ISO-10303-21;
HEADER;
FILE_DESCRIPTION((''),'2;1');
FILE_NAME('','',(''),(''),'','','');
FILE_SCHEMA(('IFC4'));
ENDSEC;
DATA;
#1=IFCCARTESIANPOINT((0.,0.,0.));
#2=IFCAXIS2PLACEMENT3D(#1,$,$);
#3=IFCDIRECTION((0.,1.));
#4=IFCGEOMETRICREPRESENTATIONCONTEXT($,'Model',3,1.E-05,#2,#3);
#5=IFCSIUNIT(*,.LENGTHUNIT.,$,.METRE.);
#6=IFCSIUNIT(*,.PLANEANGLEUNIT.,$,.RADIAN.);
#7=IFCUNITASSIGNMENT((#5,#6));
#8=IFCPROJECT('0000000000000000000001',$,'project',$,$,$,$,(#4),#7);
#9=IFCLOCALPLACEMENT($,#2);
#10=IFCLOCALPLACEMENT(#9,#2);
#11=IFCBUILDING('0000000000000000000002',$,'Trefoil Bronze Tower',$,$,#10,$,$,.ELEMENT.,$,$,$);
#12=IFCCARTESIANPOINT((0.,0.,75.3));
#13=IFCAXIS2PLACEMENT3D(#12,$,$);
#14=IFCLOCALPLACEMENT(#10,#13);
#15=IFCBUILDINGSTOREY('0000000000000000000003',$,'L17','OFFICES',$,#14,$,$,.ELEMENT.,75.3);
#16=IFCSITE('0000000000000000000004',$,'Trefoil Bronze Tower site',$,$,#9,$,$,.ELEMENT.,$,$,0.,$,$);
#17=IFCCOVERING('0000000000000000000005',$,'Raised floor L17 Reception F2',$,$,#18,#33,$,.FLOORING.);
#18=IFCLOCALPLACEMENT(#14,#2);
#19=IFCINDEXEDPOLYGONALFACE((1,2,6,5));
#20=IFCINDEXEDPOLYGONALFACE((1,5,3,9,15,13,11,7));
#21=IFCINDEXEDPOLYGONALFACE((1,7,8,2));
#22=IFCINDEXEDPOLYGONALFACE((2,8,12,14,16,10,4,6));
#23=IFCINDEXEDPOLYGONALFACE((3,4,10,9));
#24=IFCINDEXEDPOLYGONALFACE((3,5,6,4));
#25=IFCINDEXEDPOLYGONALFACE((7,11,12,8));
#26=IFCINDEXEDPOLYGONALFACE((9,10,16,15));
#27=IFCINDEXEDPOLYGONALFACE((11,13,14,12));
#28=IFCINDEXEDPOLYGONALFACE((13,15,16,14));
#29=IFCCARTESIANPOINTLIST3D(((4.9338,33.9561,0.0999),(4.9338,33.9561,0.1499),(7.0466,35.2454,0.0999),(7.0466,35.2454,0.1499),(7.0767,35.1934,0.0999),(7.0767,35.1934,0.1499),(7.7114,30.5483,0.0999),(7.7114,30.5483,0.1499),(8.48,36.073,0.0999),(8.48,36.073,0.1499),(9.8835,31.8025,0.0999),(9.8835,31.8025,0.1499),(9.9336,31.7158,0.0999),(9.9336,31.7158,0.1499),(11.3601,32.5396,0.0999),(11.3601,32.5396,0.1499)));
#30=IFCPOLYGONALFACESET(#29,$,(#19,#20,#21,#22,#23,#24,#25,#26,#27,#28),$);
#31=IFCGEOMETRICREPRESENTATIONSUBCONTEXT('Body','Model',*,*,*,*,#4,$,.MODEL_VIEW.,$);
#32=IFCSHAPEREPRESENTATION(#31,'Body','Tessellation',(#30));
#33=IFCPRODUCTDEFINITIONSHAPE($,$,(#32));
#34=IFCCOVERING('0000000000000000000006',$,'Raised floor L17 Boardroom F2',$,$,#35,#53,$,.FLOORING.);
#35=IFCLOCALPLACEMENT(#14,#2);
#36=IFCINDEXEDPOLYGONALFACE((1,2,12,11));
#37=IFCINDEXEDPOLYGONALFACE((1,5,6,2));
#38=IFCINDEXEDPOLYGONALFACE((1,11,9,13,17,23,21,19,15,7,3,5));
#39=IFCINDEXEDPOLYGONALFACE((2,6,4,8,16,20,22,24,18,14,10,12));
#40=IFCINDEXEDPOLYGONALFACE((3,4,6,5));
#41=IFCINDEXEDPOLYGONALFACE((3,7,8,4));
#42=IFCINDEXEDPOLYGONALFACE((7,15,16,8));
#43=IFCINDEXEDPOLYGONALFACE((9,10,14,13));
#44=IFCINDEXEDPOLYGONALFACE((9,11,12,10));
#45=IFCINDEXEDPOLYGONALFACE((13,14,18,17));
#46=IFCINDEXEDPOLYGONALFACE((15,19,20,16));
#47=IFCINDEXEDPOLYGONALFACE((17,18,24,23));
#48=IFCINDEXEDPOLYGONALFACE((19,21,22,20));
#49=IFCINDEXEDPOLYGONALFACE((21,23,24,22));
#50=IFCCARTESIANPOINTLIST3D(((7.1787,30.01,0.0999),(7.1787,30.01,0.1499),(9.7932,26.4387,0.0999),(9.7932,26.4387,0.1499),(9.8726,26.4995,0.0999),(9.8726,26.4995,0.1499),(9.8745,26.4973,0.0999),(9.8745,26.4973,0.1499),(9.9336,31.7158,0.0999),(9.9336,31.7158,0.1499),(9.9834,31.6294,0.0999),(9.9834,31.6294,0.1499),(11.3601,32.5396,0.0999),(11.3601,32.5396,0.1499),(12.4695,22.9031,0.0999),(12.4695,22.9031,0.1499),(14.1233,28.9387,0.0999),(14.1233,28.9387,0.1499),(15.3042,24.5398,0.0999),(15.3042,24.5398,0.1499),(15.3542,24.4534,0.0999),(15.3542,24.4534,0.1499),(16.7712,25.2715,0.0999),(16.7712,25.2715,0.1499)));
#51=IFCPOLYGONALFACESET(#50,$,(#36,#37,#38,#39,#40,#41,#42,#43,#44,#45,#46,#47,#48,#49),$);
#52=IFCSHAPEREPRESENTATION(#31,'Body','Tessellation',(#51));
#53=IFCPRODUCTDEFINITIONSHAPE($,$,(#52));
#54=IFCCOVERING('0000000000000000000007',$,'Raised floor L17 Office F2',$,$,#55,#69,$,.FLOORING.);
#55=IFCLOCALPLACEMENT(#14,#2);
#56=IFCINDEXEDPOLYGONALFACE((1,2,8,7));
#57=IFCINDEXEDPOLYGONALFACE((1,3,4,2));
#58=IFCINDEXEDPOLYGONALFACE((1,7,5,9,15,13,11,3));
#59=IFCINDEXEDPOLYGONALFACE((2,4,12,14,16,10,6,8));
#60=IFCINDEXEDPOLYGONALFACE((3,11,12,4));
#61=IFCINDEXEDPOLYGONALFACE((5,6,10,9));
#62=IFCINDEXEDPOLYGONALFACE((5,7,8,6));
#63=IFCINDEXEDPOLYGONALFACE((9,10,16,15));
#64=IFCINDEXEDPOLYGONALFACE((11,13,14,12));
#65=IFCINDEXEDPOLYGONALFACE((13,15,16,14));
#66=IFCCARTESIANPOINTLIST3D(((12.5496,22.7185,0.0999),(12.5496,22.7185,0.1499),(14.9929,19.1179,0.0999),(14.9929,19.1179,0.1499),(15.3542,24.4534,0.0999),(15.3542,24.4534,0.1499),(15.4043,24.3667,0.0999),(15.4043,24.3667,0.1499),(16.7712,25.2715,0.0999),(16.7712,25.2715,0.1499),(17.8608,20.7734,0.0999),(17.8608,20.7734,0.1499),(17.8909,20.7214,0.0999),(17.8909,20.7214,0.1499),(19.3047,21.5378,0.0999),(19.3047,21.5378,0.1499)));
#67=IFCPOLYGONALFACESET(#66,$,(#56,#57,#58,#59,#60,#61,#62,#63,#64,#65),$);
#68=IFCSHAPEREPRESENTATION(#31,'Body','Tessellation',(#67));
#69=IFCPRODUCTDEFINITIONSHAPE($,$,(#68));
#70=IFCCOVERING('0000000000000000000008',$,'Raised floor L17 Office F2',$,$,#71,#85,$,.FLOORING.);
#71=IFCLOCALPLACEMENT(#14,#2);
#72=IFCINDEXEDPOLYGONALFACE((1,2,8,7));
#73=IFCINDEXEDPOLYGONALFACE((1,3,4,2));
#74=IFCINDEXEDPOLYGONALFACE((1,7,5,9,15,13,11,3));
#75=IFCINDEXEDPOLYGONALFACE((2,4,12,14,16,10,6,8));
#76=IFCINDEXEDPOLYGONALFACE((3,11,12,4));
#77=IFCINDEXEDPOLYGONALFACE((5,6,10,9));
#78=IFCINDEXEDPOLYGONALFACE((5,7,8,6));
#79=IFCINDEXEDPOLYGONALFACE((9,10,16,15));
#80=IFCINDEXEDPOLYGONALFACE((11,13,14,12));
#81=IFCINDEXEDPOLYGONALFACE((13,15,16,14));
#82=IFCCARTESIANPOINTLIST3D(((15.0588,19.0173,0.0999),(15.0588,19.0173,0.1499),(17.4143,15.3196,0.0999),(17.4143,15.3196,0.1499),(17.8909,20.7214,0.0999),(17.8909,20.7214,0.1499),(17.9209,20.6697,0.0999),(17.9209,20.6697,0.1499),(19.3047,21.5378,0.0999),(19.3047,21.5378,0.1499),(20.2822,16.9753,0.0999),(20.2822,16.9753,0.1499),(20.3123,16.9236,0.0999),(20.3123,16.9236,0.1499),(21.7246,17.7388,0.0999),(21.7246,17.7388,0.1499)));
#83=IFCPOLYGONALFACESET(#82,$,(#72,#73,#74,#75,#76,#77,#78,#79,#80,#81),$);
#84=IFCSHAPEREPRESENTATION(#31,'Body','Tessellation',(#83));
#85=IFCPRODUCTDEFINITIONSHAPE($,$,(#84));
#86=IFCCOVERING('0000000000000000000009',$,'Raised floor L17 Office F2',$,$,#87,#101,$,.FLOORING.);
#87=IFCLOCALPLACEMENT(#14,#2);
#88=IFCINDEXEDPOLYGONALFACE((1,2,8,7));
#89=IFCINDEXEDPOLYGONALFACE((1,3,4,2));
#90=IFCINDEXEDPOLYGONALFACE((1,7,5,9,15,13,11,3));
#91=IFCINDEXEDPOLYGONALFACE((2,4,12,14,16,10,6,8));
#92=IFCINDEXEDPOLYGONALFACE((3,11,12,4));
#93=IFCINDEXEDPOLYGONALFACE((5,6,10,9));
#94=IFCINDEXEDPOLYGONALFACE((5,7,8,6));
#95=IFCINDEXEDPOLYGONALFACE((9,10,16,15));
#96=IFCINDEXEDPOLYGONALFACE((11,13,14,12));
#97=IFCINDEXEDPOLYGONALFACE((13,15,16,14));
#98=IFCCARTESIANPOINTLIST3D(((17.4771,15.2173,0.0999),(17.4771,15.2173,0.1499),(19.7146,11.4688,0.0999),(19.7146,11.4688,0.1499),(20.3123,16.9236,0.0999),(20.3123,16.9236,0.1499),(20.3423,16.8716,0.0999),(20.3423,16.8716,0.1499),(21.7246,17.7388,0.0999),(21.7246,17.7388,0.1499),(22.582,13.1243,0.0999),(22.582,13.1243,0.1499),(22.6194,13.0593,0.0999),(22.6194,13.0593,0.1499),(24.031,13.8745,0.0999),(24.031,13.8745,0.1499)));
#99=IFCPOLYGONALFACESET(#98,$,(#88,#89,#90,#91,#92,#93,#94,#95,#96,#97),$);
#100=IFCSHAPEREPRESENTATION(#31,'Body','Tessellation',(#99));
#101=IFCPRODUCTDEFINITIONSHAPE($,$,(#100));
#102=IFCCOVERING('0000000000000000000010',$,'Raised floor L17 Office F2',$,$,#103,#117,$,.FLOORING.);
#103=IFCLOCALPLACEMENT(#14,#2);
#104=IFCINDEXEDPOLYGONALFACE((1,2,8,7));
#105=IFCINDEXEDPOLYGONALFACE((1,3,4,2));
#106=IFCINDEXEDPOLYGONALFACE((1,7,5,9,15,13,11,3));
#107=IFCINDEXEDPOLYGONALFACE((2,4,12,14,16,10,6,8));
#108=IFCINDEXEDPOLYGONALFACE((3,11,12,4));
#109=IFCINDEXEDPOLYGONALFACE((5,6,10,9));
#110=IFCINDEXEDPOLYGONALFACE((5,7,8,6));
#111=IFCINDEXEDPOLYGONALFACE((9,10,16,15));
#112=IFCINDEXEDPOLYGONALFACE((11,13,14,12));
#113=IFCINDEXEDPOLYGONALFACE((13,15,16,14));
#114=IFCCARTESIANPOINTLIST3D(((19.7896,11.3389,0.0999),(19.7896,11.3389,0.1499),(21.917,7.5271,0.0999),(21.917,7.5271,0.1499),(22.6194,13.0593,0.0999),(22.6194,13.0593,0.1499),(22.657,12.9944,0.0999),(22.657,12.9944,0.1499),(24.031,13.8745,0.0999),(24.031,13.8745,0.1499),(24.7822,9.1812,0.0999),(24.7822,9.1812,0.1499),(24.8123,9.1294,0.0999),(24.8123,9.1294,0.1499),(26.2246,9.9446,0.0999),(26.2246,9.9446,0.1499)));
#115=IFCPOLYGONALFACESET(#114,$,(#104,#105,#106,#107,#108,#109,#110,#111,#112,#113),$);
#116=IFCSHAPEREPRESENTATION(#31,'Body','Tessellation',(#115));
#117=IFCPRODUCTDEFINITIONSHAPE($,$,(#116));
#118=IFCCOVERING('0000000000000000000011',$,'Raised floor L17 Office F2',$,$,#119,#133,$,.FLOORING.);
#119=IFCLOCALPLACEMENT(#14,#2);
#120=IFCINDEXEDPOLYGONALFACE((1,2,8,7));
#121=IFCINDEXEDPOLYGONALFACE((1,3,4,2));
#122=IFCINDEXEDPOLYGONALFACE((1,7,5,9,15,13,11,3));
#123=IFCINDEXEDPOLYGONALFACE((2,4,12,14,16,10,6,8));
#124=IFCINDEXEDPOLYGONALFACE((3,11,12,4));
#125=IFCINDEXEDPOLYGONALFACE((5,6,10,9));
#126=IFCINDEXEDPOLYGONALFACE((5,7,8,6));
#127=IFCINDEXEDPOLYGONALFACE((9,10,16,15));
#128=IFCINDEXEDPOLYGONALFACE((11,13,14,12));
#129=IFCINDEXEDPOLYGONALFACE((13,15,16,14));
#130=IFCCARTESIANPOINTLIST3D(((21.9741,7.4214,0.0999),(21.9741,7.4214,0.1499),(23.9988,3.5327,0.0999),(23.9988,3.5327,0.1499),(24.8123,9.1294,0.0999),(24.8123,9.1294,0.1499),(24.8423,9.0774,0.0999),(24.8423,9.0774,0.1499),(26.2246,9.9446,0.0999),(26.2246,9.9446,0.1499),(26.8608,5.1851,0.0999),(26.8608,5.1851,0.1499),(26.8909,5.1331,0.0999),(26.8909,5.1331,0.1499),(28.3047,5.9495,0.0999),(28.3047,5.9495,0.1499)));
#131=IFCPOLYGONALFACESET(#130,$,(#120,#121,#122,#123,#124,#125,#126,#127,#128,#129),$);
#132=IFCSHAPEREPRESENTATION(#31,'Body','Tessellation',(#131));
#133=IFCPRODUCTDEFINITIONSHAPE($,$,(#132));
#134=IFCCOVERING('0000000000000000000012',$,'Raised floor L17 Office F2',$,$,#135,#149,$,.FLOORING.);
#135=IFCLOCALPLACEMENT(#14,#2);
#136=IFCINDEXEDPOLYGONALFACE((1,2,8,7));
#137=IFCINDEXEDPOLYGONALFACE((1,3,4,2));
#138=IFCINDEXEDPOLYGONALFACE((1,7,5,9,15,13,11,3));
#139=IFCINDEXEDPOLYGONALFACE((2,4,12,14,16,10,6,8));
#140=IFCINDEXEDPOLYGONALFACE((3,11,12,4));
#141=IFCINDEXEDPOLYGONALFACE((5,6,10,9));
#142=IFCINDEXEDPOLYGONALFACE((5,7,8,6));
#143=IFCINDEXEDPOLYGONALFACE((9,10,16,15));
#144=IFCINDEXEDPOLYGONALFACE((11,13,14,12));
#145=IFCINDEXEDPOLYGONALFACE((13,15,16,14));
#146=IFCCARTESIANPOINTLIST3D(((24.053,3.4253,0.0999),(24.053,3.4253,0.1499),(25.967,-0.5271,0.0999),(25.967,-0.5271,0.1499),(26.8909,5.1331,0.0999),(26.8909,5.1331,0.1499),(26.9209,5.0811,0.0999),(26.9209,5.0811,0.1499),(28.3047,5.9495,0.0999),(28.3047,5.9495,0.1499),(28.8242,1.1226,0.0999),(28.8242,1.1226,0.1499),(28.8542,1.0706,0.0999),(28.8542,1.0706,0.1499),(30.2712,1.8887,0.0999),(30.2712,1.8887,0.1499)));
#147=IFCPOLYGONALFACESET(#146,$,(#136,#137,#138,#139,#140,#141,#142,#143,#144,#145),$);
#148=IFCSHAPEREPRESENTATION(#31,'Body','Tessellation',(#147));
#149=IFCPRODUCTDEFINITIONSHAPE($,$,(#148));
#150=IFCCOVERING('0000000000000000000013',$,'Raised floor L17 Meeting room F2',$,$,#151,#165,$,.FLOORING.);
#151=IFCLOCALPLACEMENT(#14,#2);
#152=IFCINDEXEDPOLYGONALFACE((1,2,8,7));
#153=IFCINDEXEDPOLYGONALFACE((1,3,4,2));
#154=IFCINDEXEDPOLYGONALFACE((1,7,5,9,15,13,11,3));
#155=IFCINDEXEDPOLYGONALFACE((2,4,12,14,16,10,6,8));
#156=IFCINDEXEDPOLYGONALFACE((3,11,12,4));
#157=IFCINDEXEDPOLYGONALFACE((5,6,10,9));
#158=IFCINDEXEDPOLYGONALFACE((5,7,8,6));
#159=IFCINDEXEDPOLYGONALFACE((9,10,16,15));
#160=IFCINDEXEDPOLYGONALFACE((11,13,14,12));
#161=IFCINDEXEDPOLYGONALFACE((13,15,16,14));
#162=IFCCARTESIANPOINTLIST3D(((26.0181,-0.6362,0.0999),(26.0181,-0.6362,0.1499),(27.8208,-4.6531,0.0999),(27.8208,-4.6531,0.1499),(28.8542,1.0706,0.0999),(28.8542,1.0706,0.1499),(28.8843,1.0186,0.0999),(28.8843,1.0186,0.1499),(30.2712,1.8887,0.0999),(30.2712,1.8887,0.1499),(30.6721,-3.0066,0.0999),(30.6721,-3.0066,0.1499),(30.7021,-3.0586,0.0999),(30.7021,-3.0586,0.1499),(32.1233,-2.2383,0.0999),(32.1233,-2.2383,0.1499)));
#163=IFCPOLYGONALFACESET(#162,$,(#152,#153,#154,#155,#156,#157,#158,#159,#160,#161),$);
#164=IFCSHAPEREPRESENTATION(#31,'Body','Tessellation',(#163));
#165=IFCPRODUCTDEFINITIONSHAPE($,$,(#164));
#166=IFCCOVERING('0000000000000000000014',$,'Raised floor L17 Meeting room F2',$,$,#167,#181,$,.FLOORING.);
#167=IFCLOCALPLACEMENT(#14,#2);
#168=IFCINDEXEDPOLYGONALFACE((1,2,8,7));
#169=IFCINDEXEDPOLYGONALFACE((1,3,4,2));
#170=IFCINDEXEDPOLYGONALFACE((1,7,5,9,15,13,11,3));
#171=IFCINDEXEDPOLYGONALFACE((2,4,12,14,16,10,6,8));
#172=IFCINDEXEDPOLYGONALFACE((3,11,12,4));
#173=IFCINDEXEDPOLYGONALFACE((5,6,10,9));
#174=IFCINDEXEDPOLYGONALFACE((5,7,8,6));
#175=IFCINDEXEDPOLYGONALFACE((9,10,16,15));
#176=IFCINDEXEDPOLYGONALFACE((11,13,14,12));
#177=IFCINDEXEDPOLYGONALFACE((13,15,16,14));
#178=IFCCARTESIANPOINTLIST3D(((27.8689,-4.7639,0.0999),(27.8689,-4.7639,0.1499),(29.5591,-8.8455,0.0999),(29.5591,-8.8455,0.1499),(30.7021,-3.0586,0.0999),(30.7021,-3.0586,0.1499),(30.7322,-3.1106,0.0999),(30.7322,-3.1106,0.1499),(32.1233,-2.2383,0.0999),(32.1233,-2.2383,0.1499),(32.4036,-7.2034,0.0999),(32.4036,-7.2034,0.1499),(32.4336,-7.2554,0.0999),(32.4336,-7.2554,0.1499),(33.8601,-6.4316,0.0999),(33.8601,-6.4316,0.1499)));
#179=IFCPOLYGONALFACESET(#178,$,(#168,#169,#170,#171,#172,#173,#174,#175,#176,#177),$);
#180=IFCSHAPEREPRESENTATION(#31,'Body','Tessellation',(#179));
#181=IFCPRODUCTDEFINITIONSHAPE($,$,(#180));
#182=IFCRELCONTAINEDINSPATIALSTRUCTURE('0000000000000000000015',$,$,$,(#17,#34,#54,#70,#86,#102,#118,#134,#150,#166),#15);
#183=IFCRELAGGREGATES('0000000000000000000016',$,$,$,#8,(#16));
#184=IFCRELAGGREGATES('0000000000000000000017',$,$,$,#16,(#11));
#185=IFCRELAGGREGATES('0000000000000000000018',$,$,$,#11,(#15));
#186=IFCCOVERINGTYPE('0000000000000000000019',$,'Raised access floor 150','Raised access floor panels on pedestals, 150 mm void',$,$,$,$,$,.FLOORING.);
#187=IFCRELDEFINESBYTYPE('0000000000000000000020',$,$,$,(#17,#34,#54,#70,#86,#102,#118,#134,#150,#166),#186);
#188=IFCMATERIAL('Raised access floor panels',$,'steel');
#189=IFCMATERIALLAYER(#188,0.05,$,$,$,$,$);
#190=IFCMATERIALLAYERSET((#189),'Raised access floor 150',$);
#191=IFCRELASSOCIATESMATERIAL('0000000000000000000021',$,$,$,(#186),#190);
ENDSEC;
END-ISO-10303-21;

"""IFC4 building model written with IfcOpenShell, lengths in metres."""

from ifc_helpers import new_model, si_unit, direction, frame, origin, place, context, subcontext, project, spatial, polyline, outline, extrude, material, layer, layer_set, type_object, element, save


model = new_model("IFC4")

# Units and contexts
model_context = context("Model", 3, precision=1e-05, world=origin(), true_north=direction((0.0, 1.0)))
body_context = subcontext(model_context, "Body", "Model", "MODEL_VIEW")
ifc_project = project(units=[si_unit("LENGTHUNIT", "METRE"), si_unit("PLANEANGLEUNIT", "RADIAN")], contexts=[model_context])

# Site, building, storey
site_placement = place(None, origin())
site = spatial("IfcSite", under=ifc_project, at=site_placement, Name="Trefoil Bronze Tower site", CompositionType="ELEMENT", RefElevation=0.0)
building_placement = place(site_placement, origin())
building = spatial("IfcBuilding", under=site, at=building_placement, Name="Trefoil Bronze Tower", CompositionType="ELEMENT")
storey_placement = place(building_placement, frame((0.0, 0.0, 75.3)))
storey = spatial("IfcBuildingStorey", under=building, at=storey_placement, Name="L17", Description="OFFICES", CompositionType="ELEMENT", Elevation=75.3)

# Coverings
ifc_material_1 = material(Name="Raised access floor panels", Category="steel")
ifc_layer_1 = layer(ifc_material_1, 0.05)
ifc_layer_set_1 = layer_set([ifc_layer_1], Name="Raised access floor 150")
covering_type_1 = type_object("IfcCoveringType", Name="Raised access floor 150", Description="Raised access floor panels on pedestals, 150 mm void", PredefinedType="FLOORING", material=ifc_layer_set_1)
covering_1_placement = place(storey_placement, frame((0.0, 0.0, 0.0999)))
element("IfcCovering", 1, at=covering_1_placement, inside=storey, type_object=covering_type_1, Name="Raised floor L17 Reception F2", PredefinedType="FLOORING", context=body_context, shape_type="SweptSolid", body=[
    extrude(outline(polyline([(11.3601, 32.5396), (9.9336, 31.7158), (9.8835, 31.8025), (7.7114, 30.5483), (4.9338, 33.9561), (7.0767, 35.1934), (7.0466, 35.2454), (8.48, 36.073), (11.3601, 32.5396)])), origin(), (0.0, 0.0, 1.0), 0.05),
])
covering_2_placement = place(storey_placement, frame((0.0, 0.0, 0.0999)))
element("IfcCovering", 2, at=covering_2_placement, inside=storey, type_object=covering_type_1, Name="Raised floor L17 Boardroom F2", PredefinedType="FLOORING", context=body_context, shape_type="SweptSolid", body=[
    extrude(outline(polyline([(16.7712, 25.2715), (15.3542, 24.4534), (15.3042, 24.5398), (12.4695, 22.9031), (9.8745, 26.4973), (9.7932, 26.4387), (9.8726, 26.4995), (7.1787, 30.01), (9.9834, 31.6294), (9.9336, 31.7158), (11.3601, 32.5396), (14.1233, 28.9387), (16.7712, 25.2715)])), origin(), (0.0, 0.0, 1.0), 0.05),
])
covering_3_placement = place(storey_placement, frame((0.0, 0.0, 0.0999)))
element("IfcCovering", 3, at=covering_3_placement, inside=storey, type_object=covering_type_1, Name="Raised floor L17 Office F2", PredefinedType="FLOORING", context=body_context, shape_type="SweptSolid", body=[
    extrude(outline(polyline([(16.7712, 25.2715), (19.3047, 21.5378), (17.8909, 20.7214), (17.8608, 20.7734), (14.9929, 19.1179), (12.5496, 22.7185), (15.4043, 24.3667), (15.3542, 24.4534), (16.7712, 25.2715)])), origin(), (0.0, 0.0, 1.0), 0.05),
])
covering_4_placement = place(storey_placement, frame((0.0, 0.0, 0.0999)))
element("IfcCovering", 4, at=covering_4_placement, inside=storey, type_object=covering_type_1, Name="Raised floor L17 Office F2", PredefinedType="FLOORING", context=body_context, shape_type="SweptSolid", body=[
    extrude(outline(polyline([(21.7246, 17.7388), (20.3123, 16.9236), (20.2822, 16.9753), (17.4143, 15.3196), (15.0588, 19.0173), (17.9209, 20.6697), (17.8909, 20.7214), (19.3047, 21.5378), (21.7246, 17.7388)])), origin(), (0.0, 0.0, 1.0), 0.05),
])
covering_5_placement = place(storey_placement, frame((0.0, 0.0, 0.0999)))
element("IfcCovering", 5, at=covering_5_placement, inside=storey, type_object=covering_type_1, Name="Raised floor L17 Office F2", PredefinedType="FLOORING", context=body_context, shape_type="SweptSolid", body=[
    extrude(outline(polyline([(21.7246, 17.7388), (24.031, 13.8745), (22.6194, 13.0593), (22.582, 13.1243), (19.7146, 11.4688), (17.4771, 15.2173), (20.3423, 16.8716), (20.3123, 16.9236), (21.7246, 17.7388)])), origin(), (0.0, 0.0, 1.0), 0.05),
])
covering_6_placement = place(storey_placement, frame((0.0, 0.0, 0.0999)))
element("IfcCovering", 6, at=covering_6_placement, inside=storey, type_object=covering_type_1, Name="Raised floor L17 Office F2", PredefinedType="FLOORING", context=body_context, shape_type="SweptSolid", body=[
    extrude(outline(polyline([(24.031, 13.8745), (26.2246, 9.9446), (24.8123, 9.1294), (24.7822, 9.1812), (21.917, 7.5271), (19.7896, 11.3389), (22.657, 12.9944), (22.6194, 13.0593), (24.031, 13.8745)])), origin(), (0.0, 0.0, 1.0), 0.05),
])
covering_7_placement = place(storey_placement, frame((0.0, 0.0, 0.0999)))
element("IfcCovering", 7, at=covering_7_placement, inside=storey, type_object=covering_type_1, Name="Raised floor L17 Office F2", PredefinedType="FLOORING", context=body_context, shape_type="SweptSolid", body=[
    extrude(outline(polyline([(26.2246, 9.9446), (28.3047, 5.9495), (26.8909, 5.1331), (26.8608, 5.1851), (23.9988, 3.5327), (21.9741, 7.4214), (24.8423, 9.0774), (24.8123, 9.1294), (26.2246, 9.9446)])), origin(), (0.0, 0.0, 1.0), 0.05),
])
covering_8_placement = place(storey_placement, frame((0.0, 0.0, 0.0999)))
element("IfcCovering", 8, at=covering_8_placement, inside=storey, type_object=covering_type_1, Name="Raised floor L17 Office F2", PredefinedType="FLOORING", context=body_context, shape_type="SweptSolid", body=[
    extrude(outline(polyline([(28.3047, 5.9495), (30.2712, 1.8887), (28.8542, 1.0706), (28.8242, 1.1226), (25.967, -0.5271), (24.053, 3.4253), (26.9209, 5.0811), (26.8909, 5.1331), (28.3047, 5.9495)])), origin(), (0.0, 0.0, 1.0), 0.05),
])
covering_9_placement = place(storey_placement, frame((0.0, 0.0, 0.0999)))
element("IfcCovering", 9, at=covering_9_placement, inside=storey, type_object=covering_type_1, Name="Raised floor L17 Meeting room F2", PredefinedType="FLOORING", context=body_context, shape_type="SweptSolid", body=[
    extrude(outline(polyline([(32.1233, -2.2383), (30.7021, -3.0586), (30.6721, -3.0066), (27.8208, -4.6531), (26.0181, -0.6362), (28.8843, 1.0186), (28.8542, 1.0706), (30.2712, 1.8887), (32.1233, -2.2383)])), origin(), (0.0, 0.0, 1.0), 0.05),
])
covering_10_placement = place(storey_placement, frame((0.0, 0.0, 0.0999)))
element("IfcCovering", 10, at=covering_10_placement, inside=storey, type_object=covering_type_1, Name="Raised floor L17 Meeting room F2", PredefinedType="FLOORING", context=body_context, shape_type="SweptSolid", body=[
    extrude(outline(polyline([(32.1233, -2.2383), (33.8601, -6.4316), (32.4336, -7.2554), (32.4036, -7.2034), (29.5591, -8.8455), (27.8689, -4.7639), (30.7322, -3.1106), (30.7021, -3.0586), (32.1233, -2.2383)])), origin(), (0.0, 0.0, 1.0), 0.05),
])

save(model, "model.ifc")
